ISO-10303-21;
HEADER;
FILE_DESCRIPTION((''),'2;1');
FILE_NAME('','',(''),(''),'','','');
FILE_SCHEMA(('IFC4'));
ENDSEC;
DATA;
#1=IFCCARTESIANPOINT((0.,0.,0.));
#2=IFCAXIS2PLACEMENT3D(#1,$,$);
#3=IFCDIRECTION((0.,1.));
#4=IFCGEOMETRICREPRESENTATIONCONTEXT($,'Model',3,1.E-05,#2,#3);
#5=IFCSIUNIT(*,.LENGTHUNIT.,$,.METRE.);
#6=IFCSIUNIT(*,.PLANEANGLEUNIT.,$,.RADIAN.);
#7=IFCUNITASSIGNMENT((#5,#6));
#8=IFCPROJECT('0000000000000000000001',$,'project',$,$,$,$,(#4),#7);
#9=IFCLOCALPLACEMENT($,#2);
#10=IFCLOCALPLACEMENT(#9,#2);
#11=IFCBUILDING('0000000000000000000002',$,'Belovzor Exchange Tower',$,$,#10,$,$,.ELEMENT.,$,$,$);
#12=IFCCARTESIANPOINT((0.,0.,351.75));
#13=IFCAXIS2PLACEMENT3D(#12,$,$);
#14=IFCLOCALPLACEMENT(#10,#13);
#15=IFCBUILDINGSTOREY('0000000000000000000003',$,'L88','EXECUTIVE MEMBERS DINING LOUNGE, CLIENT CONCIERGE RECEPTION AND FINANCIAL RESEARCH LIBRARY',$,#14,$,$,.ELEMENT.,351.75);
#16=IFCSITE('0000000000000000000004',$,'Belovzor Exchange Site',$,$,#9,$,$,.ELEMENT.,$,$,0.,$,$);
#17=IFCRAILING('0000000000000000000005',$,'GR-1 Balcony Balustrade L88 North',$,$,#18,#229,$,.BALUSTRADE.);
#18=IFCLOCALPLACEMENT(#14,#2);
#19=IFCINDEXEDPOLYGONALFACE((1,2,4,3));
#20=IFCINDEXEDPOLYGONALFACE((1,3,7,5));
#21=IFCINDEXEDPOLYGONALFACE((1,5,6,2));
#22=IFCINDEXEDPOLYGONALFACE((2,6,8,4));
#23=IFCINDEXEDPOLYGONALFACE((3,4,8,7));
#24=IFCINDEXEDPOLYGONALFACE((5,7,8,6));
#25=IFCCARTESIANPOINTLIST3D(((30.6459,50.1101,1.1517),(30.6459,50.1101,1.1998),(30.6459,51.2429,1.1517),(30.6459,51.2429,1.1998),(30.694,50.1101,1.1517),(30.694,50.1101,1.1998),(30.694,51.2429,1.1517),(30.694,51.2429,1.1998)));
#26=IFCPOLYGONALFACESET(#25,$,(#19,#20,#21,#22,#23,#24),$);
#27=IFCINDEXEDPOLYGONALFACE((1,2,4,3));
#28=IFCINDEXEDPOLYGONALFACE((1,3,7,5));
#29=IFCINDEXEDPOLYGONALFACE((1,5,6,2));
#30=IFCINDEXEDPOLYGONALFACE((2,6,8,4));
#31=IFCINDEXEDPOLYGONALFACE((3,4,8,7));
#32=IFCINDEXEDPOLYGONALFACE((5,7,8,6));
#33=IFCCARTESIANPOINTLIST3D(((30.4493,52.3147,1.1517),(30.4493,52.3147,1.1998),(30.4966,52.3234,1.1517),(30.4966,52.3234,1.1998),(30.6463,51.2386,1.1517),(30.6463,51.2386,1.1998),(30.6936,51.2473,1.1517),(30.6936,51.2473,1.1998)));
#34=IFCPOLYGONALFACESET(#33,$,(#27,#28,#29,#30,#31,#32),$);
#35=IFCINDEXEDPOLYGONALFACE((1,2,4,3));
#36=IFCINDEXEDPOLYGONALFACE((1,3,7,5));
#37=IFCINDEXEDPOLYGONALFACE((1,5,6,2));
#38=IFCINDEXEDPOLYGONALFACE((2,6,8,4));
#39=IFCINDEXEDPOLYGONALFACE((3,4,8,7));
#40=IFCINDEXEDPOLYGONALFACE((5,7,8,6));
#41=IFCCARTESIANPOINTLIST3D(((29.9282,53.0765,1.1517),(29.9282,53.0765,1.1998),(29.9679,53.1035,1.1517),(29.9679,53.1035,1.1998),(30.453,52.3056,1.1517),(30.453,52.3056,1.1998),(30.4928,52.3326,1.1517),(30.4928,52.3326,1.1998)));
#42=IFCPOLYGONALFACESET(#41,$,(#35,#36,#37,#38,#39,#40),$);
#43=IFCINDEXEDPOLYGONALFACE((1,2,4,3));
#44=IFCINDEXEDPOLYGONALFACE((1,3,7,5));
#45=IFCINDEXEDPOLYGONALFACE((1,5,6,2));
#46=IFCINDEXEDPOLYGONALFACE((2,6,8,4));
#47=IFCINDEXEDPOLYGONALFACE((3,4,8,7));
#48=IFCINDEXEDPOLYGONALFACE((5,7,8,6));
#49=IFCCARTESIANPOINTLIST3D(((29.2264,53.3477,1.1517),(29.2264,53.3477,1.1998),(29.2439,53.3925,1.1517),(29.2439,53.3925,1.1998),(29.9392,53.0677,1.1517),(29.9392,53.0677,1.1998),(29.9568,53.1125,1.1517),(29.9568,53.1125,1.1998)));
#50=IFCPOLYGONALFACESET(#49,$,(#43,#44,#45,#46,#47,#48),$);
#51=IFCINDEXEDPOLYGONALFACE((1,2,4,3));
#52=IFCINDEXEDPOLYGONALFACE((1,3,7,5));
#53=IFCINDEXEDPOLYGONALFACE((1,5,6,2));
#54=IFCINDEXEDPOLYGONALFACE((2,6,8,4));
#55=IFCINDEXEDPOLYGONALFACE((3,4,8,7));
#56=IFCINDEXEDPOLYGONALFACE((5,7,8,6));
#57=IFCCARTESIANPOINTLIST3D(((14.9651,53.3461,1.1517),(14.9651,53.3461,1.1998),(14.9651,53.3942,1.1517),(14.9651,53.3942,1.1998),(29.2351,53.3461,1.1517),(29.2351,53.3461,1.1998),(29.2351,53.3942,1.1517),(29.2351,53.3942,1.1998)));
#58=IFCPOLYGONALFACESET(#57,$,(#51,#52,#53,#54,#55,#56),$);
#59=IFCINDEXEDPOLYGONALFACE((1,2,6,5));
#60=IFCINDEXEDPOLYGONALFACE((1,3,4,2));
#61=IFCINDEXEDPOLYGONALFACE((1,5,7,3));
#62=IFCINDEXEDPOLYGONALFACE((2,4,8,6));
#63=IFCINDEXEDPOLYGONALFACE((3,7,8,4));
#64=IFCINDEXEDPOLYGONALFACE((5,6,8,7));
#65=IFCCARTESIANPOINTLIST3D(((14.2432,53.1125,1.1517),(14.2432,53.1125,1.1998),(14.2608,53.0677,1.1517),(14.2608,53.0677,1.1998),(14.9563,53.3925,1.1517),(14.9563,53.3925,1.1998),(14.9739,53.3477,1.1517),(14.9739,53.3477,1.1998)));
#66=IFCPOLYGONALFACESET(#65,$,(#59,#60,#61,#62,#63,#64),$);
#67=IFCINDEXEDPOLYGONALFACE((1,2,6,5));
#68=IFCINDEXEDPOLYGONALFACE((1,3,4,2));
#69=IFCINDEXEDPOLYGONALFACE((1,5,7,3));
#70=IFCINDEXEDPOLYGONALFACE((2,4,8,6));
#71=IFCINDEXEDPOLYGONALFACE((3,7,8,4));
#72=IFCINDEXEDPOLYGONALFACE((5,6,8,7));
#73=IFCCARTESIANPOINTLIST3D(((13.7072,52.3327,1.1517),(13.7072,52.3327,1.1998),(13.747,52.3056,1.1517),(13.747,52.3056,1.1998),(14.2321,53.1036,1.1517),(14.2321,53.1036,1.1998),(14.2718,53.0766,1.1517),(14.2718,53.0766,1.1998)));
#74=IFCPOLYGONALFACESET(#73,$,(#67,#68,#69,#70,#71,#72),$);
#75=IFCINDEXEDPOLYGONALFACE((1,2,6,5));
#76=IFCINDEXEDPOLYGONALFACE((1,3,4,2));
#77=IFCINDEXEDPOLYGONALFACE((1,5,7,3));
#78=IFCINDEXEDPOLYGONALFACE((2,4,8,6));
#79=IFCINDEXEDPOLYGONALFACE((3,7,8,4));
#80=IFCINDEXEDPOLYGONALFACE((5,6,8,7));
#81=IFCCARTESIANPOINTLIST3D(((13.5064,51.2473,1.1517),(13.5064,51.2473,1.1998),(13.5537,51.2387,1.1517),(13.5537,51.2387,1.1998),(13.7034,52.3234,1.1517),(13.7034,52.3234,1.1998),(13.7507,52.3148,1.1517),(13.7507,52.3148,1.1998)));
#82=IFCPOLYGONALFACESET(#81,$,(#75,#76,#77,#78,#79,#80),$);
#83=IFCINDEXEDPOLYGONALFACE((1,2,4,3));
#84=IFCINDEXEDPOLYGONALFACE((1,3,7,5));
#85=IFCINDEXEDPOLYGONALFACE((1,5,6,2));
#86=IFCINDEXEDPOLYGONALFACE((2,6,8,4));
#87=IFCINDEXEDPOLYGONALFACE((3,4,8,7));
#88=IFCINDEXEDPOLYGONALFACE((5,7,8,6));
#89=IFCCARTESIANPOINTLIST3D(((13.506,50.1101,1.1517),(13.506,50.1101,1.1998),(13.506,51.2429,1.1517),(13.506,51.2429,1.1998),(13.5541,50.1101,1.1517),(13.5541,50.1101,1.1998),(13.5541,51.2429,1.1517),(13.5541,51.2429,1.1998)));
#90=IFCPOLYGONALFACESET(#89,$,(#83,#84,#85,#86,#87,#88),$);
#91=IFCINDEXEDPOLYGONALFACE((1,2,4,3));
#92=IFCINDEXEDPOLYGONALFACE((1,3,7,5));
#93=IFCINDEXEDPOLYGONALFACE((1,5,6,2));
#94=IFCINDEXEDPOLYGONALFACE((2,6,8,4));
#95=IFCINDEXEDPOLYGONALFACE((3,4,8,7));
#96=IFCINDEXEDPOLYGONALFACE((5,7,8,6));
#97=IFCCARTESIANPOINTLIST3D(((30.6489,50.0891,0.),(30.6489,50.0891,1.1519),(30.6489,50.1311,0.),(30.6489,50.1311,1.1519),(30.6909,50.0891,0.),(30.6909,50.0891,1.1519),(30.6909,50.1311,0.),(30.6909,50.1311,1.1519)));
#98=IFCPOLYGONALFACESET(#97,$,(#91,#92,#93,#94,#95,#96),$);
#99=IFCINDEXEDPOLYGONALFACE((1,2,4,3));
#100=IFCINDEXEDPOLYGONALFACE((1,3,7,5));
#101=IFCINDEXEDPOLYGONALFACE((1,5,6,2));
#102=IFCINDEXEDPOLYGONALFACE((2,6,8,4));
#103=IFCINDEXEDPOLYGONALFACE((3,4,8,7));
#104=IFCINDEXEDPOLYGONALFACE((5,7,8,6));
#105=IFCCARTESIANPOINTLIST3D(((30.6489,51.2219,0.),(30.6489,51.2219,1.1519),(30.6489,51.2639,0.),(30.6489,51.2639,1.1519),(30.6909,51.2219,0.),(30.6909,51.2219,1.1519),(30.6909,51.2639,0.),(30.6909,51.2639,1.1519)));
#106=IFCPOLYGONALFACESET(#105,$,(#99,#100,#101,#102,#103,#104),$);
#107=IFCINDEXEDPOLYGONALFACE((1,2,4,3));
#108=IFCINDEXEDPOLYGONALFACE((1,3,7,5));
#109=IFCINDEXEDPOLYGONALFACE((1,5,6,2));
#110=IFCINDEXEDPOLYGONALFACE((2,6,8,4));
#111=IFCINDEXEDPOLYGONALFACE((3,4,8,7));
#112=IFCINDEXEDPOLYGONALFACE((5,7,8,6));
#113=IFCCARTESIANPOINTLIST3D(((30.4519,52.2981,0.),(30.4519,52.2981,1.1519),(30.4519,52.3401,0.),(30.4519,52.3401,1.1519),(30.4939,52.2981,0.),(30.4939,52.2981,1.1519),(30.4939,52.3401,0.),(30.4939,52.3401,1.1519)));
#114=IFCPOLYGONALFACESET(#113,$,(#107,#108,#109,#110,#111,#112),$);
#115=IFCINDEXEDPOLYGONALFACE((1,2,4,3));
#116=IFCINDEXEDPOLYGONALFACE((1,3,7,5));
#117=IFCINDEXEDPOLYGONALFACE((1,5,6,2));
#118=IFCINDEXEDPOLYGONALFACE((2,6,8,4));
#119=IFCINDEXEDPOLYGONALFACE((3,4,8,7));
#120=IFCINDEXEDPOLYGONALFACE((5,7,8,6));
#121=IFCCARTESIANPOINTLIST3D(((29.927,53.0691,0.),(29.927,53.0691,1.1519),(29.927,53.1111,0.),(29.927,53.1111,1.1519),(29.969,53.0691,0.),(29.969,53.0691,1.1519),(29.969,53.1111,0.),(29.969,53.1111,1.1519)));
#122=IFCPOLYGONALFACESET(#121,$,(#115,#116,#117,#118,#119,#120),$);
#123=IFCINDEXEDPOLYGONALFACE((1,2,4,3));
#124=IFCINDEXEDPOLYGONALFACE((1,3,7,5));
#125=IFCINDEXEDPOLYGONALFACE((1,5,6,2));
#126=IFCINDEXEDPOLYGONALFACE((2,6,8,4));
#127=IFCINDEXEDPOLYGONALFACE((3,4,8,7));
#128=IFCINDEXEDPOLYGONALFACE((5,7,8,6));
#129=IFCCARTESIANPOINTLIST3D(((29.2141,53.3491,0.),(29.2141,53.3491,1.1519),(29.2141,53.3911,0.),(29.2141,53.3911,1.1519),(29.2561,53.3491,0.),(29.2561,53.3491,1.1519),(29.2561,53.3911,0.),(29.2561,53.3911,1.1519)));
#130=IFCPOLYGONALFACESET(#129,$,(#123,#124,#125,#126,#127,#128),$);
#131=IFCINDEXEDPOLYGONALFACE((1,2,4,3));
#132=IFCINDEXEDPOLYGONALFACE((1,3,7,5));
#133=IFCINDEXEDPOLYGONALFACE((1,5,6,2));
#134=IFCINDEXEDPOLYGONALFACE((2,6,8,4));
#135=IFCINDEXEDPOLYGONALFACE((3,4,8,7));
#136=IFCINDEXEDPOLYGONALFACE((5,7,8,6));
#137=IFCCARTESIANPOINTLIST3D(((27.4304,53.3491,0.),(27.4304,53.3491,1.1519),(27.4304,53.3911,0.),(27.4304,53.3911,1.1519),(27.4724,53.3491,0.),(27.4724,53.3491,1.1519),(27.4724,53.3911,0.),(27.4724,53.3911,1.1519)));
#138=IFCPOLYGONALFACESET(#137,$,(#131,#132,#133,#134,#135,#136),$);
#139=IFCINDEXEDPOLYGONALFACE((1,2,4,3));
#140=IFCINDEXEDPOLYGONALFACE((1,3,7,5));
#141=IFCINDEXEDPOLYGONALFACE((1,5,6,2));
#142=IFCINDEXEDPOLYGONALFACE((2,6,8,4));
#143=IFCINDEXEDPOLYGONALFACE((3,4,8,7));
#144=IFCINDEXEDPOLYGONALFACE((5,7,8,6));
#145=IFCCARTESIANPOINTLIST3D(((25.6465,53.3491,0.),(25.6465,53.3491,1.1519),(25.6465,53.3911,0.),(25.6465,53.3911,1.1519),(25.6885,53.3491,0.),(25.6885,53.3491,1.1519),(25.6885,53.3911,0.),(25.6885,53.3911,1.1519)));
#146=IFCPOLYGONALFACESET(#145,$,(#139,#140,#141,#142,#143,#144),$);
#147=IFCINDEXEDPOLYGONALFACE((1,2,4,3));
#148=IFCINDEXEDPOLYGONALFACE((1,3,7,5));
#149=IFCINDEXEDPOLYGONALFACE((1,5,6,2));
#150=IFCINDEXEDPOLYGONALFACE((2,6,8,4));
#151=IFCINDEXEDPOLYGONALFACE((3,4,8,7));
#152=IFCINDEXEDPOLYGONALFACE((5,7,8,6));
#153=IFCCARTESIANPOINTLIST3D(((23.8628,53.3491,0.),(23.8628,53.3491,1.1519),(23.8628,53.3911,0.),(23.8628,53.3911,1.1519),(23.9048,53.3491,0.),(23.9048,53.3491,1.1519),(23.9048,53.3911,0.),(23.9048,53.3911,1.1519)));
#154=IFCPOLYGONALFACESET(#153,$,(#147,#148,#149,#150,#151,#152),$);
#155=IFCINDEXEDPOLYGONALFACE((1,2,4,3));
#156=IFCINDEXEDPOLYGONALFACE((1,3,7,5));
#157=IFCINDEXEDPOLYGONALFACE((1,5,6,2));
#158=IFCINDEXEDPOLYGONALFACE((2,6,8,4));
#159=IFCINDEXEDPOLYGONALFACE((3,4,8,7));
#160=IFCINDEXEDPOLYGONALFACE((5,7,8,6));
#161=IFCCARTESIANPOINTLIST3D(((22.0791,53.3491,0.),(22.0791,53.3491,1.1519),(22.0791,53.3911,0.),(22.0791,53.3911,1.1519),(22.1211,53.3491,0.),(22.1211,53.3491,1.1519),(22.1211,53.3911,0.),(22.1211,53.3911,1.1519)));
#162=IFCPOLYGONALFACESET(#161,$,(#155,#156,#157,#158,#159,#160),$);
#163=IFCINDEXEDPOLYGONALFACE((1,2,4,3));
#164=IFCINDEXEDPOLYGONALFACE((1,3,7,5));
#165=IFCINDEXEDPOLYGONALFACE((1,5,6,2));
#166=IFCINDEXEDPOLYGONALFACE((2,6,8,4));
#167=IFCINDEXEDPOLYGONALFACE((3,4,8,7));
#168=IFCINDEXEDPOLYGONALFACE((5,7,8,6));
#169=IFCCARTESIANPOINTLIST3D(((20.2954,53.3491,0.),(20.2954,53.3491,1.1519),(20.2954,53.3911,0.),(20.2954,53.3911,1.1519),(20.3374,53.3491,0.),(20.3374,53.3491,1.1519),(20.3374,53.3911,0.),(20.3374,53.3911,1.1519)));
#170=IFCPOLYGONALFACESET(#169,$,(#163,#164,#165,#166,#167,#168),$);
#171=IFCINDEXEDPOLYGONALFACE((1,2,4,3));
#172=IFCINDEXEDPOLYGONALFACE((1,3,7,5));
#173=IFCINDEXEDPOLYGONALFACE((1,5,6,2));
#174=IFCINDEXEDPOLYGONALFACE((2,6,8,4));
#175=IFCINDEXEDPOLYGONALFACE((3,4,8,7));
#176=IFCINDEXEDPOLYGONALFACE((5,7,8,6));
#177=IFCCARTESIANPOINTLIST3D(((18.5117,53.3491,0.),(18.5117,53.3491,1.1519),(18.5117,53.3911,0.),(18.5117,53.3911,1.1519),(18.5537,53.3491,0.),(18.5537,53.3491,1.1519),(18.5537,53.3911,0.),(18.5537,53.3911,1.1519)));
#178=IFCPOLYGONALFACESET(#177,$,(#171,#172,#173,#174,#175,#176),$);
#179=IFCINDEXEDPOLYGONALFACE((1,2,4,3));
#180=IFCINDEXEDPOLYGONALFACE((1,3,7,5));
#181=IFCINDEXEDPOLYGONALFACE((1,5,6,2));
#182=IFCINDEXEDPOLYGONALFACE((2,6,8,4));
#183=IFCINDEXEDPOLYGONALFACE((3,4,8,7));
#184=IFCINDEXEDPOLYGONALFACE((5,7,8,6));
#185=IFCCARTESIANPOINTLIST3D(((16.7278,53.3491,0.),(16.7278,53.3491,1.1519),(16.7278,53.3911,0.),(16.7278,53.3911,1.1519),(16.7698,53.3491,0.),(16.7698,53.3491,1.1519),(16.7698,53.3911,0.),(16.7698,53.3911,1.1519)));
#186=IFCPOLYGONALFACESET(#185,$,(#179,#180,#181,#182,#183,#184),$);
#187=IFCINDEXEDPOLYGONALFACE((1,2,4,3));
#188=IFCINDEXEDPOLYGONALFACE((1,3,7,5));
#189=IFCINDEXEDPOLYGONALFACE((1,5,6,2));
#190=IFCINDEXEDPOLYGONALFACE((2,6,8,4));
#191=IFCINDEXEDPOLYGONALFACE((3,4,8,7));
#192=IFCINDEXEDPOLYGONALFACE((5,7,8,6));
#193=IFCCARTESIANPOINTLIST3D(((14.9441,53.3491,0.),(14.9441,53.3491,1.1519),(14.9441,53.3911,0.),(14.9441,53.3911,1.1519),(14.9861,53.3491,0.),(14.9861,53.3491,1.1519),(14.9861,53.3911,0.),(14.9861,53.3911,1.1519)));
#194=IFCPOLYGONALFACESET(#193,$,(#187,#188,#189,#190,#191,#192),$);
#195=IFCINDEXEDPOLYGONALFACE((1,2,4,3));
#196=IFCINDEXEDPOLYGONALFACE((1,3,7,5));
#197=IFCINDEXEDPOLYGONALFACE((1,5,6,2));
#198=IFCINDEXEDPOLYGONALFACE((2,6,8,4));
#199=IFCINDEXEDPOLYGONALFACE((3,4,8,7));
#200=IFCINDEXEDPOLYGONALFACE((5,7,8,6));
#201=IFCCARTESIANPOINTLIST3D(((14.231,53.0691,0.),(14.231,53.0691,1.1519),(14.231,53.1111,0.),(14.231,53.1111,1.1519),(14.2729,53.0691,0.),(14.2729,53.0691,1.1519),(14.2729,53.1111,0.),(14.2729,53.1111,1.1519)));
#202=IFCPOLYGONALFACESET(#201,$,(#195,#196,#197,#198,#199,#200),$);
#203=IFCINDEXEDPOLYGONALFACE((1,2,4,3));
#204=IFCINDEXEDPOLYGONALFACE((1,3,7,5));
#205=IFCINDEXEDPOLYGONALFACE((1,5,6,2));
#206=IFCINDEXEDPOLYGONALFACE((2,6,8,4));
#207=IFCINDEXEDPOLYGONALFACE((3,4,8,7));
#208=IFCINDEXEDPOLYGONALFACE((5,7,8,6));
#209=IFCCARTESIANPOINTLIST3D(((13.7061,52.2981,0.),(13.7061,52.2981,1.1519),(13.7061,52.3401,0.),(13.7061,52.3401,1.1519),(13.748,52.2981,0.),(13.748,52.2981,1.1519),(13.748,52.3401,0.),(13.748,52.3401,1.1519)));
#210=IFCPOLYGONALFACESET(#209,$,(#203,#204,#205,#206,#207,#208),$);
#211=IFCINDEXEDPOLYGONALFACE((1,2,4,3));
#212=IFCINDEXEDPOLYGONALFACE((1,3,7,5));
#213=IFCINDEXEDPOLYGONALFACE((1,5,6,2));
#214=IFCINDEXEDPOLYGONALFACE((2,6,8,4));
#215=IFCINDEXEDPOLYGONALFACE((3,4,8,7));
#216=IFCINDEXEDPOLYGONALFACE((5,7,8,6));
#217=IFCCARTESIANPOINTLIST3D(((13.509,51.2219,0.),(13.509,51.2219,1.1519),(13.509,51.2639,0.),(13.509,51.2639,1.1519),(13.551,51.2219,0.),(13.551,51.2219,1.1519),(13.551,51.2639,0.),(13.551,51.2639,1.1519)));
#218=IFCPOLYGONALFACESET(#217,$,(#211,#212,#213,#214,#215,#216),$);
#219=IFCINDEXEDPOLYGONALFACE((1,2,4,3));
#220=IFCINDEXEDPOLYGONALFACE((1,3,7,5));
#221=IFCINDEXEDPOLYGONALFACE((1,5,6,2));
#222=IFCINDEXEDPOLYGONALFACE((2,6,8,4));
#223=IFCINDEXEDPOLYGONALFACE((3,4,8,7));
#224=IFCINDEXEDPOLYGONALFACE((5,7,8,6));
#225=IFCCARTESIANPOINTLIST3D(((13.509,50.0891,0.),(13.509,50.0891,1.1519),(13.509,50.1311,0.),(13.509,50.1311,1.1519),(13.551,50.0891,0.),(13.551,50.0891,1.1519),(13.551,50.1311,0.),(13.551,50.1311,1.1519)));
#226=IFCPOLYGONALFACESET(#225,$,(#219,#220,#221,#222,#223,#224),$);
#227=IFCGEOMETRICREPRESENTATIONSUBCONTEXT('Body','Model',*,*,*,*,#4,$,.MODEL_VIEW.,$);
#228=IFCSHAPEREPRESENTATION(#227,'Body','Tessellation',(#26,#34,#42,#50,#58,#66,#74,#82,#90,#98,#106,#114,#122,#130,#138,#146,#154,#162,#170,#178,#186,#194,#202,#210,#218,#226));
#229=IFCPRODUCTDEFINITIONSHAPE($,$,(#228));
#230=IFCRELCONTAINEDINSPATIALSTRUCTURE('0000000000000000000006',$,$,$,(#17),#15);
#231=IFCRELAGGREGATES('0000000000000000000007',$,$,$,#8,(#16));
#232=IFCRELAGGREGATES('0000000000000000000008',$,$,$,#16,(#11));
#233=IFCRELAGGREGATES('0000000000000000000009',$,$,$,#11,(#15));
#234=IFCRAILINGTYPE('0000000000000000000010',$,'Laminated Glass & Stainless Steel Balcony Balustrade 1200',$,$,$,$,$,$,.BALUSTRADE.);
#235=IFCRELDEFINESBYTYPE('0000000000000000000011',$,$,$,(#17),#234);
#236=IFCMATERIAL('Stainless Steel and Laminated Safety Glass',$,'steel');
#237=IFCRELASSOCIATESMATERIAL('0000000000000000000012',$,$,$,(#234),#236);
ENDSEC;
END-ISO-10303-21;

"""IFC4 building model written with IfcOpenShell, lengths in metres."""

from ifc_helpers import new_model, si_unit, direction, frame, origin, origin_2d, place, context, subcontext, project, spatial, rectangle, extrude, material, type_object, element, save


model = new_model("IFC4")

# Units and contexts
model_context = context("Model", 3, precision=1e-05, world=origin(), true_north=direction((0.0, 1.0)))
body_context = subcontext(model_context, "Body", "Model", "MODEL_VIEW")
ifc_project = project(units=[si_unit("LENGTHUNIT", "METRE"), si_unit("PLANEANGLEUNIT", "RADIAN")], contexts=[model_context])

# Site, building, storey
site_placement = place(None, origin())
site = spatial("IfcSite", under=ifc_project, at=site_placement, Name="Belovzor Exchange Site", CompositionType="ELEMENT", RefElevation=0.0)
building_placement = place(site_placement, origin())
building = spatial("IfcBuilding", under=site, at=building_placement, Name="Belovzor Exchange Tower", CompositionType="ELEMENT")
storey_placement = place(building_placement, frame((0.0, 0.0, 351.75)))
storey = spatial("IfcBuildingStorey", under=building, at=storey_placement, Name="L88", Description="EXECUTIVE MEMBERS DINING LOUNGE, CLIENT CONCIERGE RECEPTION AND FINANCIAL RESEARCH LIBRARY", CompositionType="ELEMENT", Elevation=351.75)

# Railing
ifc_material_1 = material(Name="Stainless Steel and Laminated Safety Glass", Category="steel")
railing_type = type_object("IfcRailingType", Name="Laminated Glass & Stainless Steel Balcony Balustrade 1200", PredefinedType="BALUSTRADE", material=ifc_material_1)
railing_placement = place(storey_placement, frame((30.6699, 50.1101, 0.0)))
element("IfcRailing", 1, at=railing_placement, inside=storey, type_object=railing_type, Name="GR-1 Balcony Balustrade L88 North", PredefinedType="BALUSTRADE", context=body_context, shape_type="SweptSolid", body=[
    extrude(rectangle(XDim=0.0481, YDim=0.0481, at=origin_2d()), frame((0.0, 0.0, 1.1758), z_axis=(0.0, 1.0, 0.0), x_axis=(-1.0, 0.0, 0.0)), (0.0, 0.0, 1.0), 1.1328),
    extrude(rectangle(XDim=0.0481, YDim=0.0481, at=origin_2d()), frame((0.0, 1.1328, 1.1758), z_axis=(-0.180083, 0.983651, 0.0), x_axis=(-0.983651, -0.180083, 0.0)), (0.0, 0.0, 1.0), 1.094),
    extrude(rectangle(XDim=0.0481, YDim=0.0481, at=origin_2d()), frame((-0.197, 2.209, 1.1758), z_axis=(-0.562768, 0.826615, 0.0), x_axis=(-0.826615, -0.562768, 0.0)), (0.0, 0.0, 1.0), 0.9326),
    extrude(rectangle(XDim=0.0481, YDim=0.0481, at=origin_2d()), frame((-0.7219, 2.98, 1.1758), z_axis=(-0.930767, 0.365613, 0.0), x_axis=(-0.365613, -0.930767, 0.0)), (0.0, 0.0, 1.0), 0.7659),
    extrude(rectangle(XDim=0.0481, YDim=0.0481, at=origin_2d()), frame((-1.4348, 3.26, 1.1758), z_axis=(-1.0, 0.0, 0.0), x_axis=(0.0, -1.0, 0.0)), (0.0, 0.0, 1.0), 14.27),
    extrude(rectangle(XDim=0.0481, YDim=0.0481, at=origin_2d()), frame((-15.7048, 3.26, 1.1758), z_axis=(-0.93081, -0.365504, 0.0), x_axis=(0.365504, -0.93081, 0.0)), (0.0, 0.0, 1.0), 0.7661),
    extrude(rectangle(XDim=0.0481, YDim=0.0481, at=origin_2d()), frame((-16.418, 2.98, 1.1758), z_axis=(-0.562768, -0.826615, 0.0), x_axis=(0.826615, -0.562768, 0.0)), (0.0, 0.0, 1.0), 0.9326),
    extrude(rectangle(XDim=0.0481, YDim=0.0481, at=origin_2d()), frame((-16.9429, 2.209, 1.1758), z_axis=(-0.180083, -0.983651, 0.0), x_axis=(0.983651, -0.180083, 0.0)), (0.0, 0.0, 1.0), 1.094),
    extrude(rectangle(XDim=0.0481, YDim=0.0481, at=origin_2d()), frame((-17.1399, 1.1328, 1.1758), z_axis=(0.0, -1.0, 0.0), x_axis=(1.0, 0.0, 0.0)), (0.0, 0.0, 1.0), 1.1328),
    extrude(rectangle(XDim=0.042, YDim=0.042, at=origin_2d()), origin(), (0.0, 0.0, 1.0), 1.1519),
    extrude(rectangle(XDim=0.042, YDim=0.042, at=origin_2d()), frame((0.0, 1.1328, 0.0)), (0.0, 0.0, 1.0), 1.1519),
    extrude(rectangle(XDim=0.042, YDim=0.042, at=origin_2d()), frame((-0.197, 2.209, 0.0)), (0.0, 0.0, 1.0), 1.1519),
    extrude(rectangle(XDim=0.042, YDim=0.042, at=origin_2d()), frame((-0.7219, 2.98, 0.0)), (0.0, 0.0, 1.0), 1.1519),
    extrude(rectangle(XDim=0.042, YDim=0.042, at=origin_2d()), frame((-1.4348, 3.26, 0.0)), (0.0, 0.0, 1.0), 1.1519),
    extrude(rectangle(XDim=0.042, YDim=0.042, at=origin_2d()), frame((-3.2185, 3.26, 0.0)), (0.0, 0.0, 1.0), 1.1519),
    extrude(rectangle(XDim=0.042, YDim=0.042, at=origin_2d()), frame((-5.0024, 3.26, 0.0)), (0.0, 0.0, 1.0), 1.1519),
    extrude(rectangle(XDim=0.042, YDim=0.042, at=origin_2d()), frame((-6.7861, 3.26, 0.0)), (0.0, 0.0, 1.0), 1.1519),
    extrude(rectangle(XDim=0.042, YDim=0.042, at=origin_2d()), frame((-8.5698, 3.26, 0.0)), (0.0, 0.0, 1.0), 1.1519),
    extrude(rectangle(XDim=0.042, YDim=0.042, at=origin_2d()), frame((-10.3535, 3.26, 0.0)), (0.0, 0.0, 1.0), 1.1519),
    extrude(rectangle(XDim=0.042, YDim=0.042, at=origin_2d()), frame((-12.1372, 3.26, 0.0)), (0.0, 0.0, 1.0), 1.1519),
    extrude(rectangle(XDim=0.042, YDim=0.042, at=origin_2d()), frame((-13.9211, 3.26, 0.0)), (0.0, 0.0, 1.0), 1.1519),
    extrude(rectangle(XDim=0.042, YDim=0.042, at=origin_2d()), frame((-15.7048, 3.26, 0.0)), (0.0, 0.0, 1.0), 1.1519),
    extrude(rectangle(XDim=0.042, YDim=0.042, at=origin_2d()), frame((-16.418, 2.98, 0.0)), (0.0, 0.0, 1.0), 1.1519),
    extrude(rectangle(XDim=0.042, YDim=0.042, at=origin_2d()), frame((-16.9429, 2.209, 0.0)), (0.0, 0.0, 1.0), 1.1519),
    extrude(rectangle(XDim=0.042, YDim=0.042, at=origin_2d()), frame((-17.1399, 1.1328, 0.0)), (0.0, 0.0, 1.0), 1.1519),
    extrude(rectangle(XDim=0.042, YDim=0.042, at=origin_2d()), frame((-17.1399, 0.0, 0.0)), (0.0, 0.0, 1.0), 1.1519),
])

save(model, "model.ifc")
